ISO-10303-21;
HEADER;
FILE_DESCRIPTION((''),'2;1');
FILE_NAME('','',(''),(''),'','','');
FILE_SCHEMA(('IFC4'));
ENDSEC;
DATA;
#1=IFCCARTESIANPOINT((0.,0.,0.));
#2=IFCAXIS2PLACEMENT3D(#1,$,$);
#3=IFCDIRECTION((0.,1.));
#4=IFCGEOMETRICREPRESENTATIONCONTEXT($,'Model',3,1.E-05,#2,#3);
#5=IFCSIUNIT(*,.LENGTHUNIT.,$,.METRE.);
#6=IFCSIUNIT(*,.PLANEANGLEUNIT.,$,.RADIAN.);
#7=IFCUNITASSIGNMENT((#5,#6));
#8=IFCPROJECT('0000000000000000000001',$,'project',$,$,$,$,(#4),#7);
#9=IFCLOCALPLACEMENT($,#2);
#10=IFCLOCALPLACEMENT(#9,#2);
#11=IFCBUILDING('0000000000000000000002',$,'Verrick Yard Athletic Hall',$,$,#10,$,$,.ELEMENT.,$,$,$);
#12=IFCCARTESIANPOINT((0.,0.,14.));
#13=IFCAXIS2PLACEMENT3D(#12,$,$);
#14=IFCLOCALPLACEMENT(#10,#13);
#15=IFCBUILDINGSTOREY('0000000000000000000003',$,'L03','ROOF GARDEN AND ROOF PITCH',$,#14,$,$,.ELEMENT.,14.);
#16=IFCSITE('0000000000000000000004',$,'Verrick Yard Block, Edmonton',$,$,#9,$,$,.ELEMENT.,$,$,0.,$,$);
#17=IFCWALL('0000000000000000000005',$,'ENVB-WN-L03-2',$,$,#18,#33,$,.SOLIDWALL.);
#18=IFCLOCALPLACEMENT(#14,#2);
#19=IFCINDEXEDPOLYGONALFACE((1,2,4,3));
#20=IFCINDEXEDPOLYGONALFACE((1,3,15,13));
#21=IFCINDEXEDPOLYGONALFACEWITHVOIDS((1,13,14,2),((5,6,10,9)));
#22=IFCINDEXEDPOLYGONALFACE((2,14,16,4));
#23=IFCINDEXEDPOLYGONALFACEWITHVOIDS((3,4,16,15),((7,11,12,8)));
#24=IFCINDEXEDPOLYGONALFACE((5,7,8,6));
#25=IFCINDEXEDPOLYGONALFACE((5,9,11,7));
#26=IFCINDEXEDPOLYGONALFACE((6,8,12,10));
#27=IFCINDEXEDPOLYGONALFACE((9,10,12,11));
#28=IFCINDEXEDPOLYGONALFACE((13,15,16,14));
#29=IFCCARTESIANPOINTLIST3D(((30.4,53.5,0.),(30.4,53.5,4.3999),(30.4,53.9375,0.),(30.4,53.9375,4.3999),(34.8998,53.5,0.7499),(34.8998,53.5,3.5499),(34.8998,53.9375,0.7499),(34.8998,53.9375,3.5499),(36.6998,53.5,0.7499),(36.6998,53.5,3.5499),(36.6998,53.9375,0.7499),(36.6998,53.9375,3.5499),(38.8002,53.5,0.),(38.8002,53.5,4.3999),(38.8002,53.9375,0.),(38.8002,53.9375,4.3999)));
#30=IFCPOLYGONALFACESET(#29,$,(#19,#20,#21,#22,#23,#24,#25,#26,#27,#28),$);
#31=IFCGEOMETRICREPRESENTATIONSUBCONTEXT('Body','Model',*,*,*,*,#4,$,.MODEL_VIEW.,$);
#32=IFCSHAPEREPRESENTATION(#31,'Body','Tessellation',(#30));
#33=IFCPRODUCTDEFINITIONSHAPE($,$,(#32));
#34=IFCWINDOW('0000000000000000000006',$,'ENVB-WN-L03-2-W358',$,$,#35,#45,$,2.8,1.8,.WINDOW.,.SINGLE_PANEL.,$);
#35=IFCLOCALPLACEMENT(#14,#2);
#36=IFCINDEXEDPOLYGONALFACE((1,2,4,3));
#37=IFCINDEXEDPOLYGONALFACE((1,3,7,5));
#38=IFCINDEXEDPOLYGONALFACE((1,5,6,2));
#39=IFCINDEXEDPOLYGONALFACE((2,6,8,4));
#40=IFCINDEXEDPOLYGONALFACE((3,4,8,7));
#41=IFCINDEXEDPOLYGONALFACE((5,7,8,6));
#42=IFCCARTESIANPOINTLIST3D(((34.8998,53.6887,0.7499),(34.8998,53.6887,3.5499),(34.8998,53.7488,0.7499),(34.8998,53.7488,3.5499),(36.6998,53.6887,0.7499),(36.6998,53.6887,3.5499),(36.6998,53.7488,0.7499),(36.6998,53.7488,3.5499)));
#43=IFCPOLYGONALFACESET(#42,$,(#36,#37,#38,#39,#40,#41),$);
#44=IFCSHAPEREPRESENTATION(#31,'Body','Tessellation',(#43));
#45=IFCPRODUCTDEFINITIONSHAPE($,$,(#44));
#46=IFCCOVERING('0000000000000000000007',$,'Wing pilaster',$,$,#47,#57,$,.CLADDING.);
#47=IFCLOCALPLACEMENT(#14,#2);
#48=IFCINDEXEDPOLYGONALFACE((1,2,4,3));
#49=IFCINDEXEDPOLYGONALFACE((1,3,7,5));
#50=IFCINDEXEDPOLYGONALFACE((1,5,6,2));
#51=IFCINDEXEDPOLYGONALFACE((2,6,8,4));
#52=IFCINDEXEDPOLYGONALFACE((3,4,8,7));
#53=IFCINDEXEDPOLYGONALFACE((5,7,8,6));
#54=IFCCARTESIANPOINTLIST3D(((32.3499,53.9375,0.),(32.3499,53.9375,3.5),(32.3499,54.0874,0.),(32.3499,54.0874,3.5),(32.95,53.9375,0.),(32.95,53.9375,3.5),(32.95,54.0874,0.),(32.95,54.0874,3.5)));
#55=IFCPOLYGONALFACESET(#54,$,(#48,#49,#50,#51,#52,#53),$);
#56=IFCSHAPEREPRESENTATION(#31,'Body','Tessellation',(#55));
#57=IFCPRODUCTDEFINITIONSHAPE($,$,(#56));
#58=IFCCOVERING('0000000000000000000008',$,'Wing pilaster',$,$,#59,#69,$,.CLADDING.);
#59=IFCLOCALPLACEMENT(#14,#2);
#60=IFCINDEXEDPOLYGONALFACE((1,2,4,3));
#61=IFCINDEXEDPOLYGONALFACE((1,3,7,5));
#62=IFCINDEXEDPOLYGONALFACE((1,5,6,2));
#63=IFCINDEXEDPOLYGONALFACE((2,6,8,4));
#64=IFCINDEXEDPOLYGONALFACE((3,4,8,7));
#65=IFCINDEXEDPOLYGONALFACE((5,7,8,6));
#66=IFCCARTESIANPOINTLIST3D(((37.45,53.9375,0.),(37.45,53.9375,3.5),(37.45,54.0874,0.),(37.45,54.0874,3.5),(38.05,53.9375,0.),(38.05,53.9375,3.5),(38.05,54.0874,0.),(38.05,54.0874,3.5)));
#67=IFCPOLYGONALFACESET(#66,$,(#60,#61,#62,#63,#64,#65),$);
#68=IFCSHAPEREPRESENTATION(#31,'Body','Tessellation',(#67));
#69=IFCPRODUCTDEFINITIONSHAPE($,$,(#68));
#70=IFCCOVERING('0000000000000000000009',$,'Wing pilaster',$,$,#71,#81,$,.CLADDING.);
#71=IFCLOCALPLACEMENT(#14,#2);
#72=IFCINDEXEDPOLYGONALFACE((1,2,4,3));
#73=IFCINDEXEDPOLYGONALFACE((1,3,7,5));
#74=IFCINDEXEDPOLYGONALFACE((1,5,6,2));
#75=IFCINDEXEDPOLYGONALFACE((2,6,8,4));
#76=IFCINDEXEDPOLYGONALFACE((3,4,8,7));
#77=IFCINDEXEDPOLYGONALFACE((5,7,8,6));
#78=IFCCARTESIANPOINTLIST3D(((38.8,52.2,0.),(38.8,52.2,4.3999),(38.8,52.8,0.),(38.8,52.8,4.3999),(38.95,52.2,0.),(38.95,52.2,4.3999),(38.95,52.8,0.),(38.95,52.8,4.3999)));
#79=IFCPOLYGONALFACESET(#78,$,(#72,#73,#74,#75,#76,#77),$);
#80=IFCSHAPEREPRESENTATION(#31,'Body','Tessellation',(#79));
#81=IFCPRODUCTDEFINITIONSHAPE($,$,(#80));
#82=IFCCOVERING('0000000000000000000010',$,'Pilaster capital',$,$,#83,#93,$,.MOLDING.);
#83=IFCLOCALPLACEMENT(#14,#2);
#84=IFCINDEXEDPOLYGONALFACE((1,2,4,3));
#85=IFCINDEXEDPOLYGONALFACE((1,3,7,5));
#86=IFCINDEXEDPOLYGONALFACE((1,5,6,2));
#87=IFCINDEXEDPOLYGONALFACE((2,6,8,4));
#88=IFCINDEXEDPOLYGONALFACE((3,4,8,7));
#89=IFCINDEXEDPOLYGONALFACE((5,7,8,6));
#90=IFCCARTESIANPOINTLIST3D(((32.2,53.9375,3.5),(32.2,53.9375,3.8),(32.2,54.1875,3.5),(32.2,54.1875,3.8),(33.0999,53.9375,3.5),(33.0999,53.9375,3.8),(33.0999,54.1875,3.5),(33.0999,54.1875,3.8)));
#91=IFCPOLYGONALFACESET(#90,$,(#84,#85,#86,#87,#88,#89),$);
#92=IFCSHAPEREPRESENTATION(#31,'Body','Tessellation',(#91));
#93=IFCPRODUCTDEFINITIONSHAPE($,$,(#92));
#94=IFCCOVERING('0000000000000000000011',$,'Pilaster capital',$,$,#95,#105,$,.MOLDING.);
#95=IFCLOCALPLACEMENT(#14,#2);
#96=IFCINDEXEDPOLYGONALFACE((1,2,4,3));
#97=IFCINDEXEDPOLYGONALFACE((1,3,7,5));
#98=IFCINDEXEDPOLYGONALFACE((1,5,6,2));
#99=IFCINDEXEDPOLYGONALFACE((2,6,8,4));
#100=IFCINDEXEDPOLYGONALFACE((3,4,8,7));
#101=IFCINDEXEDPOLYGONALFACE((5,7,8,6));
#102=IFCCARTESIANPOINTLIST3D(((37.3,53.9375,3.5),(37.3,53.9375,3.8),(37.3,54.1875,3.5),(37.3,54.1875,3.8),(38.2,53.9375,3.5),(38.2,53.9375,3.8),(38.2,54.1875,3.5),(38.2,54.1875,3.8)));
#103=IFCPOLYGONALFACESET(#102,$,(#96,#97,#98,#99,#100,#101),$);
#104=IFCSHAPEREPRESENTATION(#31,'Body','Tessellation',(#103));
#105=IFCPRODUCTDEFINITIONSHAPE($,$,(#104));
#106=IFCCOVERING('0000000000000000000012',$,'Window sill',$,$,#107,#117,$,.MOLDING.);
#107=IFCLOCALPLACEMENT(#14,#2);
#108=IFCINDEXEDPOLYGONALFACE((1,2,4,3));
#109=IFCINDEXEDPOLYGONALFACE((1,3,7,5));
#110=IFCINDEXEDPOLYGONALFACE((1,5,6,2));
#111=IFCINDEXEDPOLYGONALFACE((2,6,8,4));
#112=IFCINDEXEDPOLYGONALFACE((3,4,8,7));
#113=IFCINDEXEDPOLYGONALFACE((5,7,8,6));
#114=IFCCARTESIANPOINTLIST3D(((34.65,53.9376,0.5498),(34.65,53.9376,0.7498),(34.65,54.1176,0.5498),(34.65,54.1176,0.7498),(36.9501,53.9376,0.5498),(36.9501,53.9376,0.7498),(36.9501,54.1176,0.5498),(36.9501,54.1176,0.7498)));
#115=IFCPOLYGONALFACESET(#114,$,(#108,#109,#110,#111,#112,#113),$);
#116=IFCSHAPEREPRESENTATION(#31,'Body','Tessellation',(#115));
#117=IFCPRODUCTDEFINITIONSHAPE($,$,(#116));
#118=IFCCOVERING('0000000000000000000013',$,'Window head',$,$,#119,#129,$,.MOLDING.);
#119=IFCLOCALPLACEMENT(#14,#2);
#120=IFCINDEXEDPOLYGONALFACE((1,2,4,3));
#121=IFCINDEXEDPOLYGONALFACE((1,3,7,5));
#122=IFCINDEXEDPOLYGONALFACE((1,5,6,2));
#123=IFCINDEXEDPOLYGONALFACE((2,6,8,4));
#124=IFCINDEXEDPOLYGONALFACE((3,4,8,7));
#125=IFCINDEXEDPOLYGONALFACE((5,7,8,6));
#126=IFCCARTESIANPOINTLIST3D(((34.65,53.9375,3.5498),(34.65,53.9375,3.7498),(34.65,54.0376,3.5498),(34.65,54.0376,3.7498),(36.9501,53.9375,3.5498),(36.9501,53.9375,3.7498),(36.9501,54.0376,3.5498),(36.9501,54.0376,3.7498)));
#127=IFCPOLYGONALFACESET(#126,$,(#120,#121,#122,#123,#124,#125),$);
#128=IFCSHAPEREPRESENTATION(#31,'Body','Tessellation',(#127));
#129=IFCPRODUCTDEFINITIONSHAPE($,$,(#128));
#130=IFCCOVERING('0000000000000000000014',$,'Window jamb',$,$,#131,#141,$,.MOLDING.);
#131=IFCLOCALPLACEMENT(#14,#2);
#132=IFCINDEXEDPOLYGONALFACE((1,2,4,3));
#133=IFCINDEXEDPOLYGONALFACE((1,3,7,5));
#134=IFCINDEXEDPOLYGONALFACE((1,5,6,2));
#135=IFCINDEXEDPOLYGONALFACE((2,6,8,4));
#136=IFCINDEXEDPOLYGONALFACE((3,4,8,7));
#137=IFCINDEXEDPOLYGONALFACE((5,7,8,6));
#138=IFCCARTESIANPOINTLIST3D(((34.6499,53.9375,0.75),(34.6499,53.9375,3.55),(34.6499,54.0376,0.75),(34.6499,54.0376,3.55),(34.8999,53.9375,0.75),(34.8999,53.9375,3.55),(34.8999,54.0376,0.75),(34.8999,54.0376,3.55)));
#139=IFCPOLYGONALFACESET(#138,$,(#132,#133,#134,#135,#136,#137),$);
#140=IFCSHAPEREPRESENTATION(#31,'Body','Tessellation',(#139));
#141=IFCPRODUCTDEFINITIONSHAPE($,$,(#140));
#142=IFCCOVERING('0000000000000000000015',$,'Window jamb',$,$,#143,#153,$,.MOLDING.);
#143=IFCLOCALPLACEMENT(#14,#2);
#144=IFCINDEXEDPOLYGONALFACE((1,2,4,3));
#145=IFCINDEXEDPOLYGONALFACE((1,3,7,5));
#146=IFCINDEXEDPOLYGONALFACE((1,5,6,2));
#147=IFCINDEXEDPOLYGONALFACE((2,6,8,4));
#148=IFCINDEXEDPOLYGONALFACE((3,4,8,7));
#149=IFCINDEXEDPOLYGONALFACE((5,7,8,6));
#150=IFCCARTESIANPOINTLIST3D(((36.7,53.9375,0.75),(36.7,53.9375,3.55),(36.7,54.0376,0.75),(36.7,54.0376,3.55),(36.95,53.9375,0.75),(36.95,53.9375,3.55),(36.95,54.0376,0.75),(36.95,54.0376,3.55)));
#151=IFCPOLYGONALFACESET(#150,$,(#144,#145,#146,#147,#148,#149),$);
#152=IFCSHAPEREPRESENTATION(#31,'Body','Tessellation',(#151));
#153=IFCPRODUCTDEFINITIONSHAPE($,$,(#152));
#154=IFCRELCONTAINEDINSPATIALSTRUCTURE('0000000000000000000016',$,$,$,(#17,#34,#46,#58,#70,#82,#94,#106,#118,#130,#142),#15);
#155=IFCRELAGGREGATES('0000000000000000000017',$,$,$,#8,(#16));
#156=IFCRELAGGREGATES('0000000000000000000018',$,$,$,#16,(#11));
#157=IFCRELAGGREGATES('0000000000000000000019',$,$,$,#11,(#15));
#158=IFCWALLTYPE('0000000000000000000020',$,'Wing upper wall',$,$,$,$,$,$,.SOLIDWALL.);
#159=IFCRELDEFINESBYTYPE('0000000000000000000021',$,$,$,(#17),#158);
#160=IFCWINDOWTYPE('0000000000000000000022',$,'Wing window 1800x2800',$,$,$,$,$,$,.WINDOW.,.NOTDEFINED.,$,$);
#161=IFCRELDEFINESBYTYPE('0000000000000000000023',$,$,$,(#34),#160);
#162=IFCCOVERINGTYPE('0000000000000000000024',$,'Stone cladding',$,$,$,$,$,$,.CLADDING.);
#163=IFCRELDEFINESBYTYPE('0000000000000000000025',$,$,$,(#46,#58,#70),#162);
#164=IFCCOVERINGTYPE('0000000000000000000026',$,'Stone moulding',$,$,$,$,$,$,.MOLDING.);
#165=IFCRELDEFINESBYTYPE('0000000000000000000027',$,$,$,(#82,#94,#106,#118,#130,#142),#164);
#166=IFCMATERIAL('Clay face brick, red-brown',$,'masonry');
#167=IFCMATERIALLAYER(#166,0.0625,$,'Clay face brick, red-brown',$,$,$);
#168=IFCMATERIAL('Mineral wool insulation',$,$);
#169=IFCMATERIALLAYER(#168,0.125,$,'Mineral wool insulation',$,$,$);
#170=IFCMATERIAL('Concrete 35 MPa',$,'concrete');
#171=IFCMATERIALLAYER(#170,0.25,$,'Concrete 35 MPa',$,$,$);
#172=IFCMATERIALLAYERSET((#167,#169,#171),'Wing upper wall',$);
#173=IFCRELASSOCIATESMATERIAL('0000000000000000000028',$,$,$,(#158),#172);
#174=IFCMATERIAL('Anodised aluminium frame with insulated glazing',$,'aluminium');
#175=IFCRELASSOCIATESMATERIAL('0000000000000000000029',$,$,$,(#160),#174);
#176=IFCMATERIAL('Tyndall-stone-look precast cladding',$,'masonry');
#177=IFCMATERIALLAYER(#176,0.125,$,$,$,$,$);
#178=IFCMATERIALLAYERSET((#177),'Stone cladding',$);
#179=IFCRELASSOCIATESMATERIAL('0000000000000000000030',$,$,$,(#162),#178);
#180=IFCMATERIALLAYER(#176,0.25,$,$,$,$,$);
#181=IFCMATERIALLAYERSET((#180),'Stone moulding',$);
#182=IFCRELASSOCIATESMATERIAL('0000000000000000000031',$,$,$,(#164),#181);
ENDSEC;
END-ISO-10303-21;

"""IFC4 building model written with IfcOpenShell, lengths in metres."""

from ifc_helpers import new_model, si_unit, direction, frame, frame_2d, origin, origin_2d, place, context, subcontext, project, spatial, rectangle, extrude, material, layer, layer_set, type_object, element, fill, save


model = new_model("IFC4")

# Units and contexts
model_context = context("Model", 3, precision=1e-05, world=origin(), true_north=direction((0.0, 1.0)))
body_context = subcontext(model_context, "Body", "Model", "MODEL_VIEW")
ifc_project = project(units=[si_unit("LENGTHUNIT", "METRE"), si_unit("PLANEANGLEUNIT", "RADIAN")], contexts=[model_context])

# Site, building, storey
site_placement = place(None, origin())
site = spatial("IfcSite", under=ifc_project, at=site_placement, Name="Verrick Yard Block, Edmonton", CompositionType="ELEMENT", RefElevation=0.0)
building_placement = place(site_placement, origin())
building = spatial("IfcBuilding", under=site, at=building_placement, Name="Verrick Yard Athletic Hall", CompositionType="ELEMENT")
storey_placement = place(building_placement, frame((0.0, 0.0, 14.0)))
storey = spatial("IfcBuildingStorey", under=building, at=storey_placement, Name="L03", Description="ROOF GARDEN AND ROOF PITCH", CompositionType="ELEMENT", Elevation=14.0)

# Shared definitions
ifc_material_1 = material(Name="Concrete 35 MPa", Category="concrete")

# Wall, opening, window
ifc_material_2 = material(Name="Clay face brick, red-brown", Category="masonry")
ifc_layer_1 = layer(ifc_material_2, 0.0625, Name="Clay face brick, red-brown")
ifc_material_3 = material(Name="Mineral wool insulation")
ifc_layer_2 = layer(ifc_material_3, 0.125, Name="Mineral wool insulation")
ifc_layer_3 = layer(ifc_material_1, 0.25, Name="Concrete 35 MPa")
ifc_layer_set_1 = layer_set([ifc_layer_1, ifc_layer_2, ifc_layer_3], Name="Wing upper wall")
wall_type_1 = type_object("IfcWallType", Name="Wing upper wall", PredefinedType="SOLIDWALL", material=ifc_layer_set_1)
wall_1_placement = place(storey_placement, frame((30.3999, 53.7188, 0.0), z_axis=(0.0, 0.0, 1.0), x_axis=(1.0, 0.0, 0.0)))
wall_1 = element("IfcWall", 1, at=wall_1_placement, inside=storey, type_object=wall_type_1, Name="ENVB-WN-L03-2", PredefinedType="SOLIDWALL", context=body_context, shape_type="SweptSolid", body=[
    extrude(rectangle(XDim=8.4001, YDim=0.4375, at=frame_2d((4.2002, 0.0))), origin(), (0.0, 0.0, 1.0), 4.3999),
])
opening_1_placement = place(wall_1_placement, frame((4.5, 0.0, 0.75)))
opening_1 = element("IfcOpeningElement", 2, at=opening_1_placement, cuts=wall_1, PredefinedType="OPENING", context=body_context, shape_type="SweptSolid", body=[
    extrude(rectangle(XDim=1.8, YDim=2.8, at=frame_2d((0.8999, 1.3999))), frame((0.0, 0.2288, 0.0), z_axis=(0.0, -1.0, 0.0), x_axis=(1.0, 0.0, 0.0)), (0.0, 0.0, 1.0), 0.4575),
])
ifc_material_4 = material(Name="Anodised aluminium frame with insulated glazing", Category="aluminium")
window_type = type_object("IfcWindowType", Name="Wing window 1800x2800", PartitioningType="NOTDEFINED", PredefinedType="WINDOW", material=ifc_material_4)
window_placement = place(opening_1_placement, origin())
window = element("IfcWindow", 3, at=window_placement, inside=storey, type_object=window_type, Name="ENVB-WN-L03-2-W358", OverallHeight=2.8, OverallWidth=1.8, PartitioningType="SINGLE_PANEL", PredefinedType="WINDOW", context=body_context, shape_type="SweptSolid", body=[
    extrude(rectangle(XDim=1.8, YDim=2.8, at=frame_2d((0.8999, 1.3999))), frame((0.0, 0.03, 0.0), z_axis=(0.0, -1.0, 0.0), x_axis=(1.0, 0.0, 0.0)), (0.0, 0.0, 1.0), 0.0601),
])
fill(opening_1, window)

# Coverings
ifc_material_5 = material(Name="Tyndall-stone-look precast cladding", Category="masonry")
ifc_layer_4 = layer(ifc_material_5, 0.125)
ifc_layer_set_2 = layer_set([ifc_layer_4], Name="Stone cladding")
covering_type_1 = type_object("IfcCoveringType", Name="Stone cladding", PredefinedType="CLADDING", material=ifc_layer_set_2)
for number, where, z_axis, x_axis, name in (
    (4, (32.6499, 54.0125, 0.0), (0.0, 0.0, 1.0), (1.0, 0.0, 0.0), "Wing pilaster"),
    (5, (37.75, 54.0125, 0.0), (0.0, 0.0, 1.0), (1.0, 0.0, 0.0), "Wing pilaster"),
):
    element("IfcCovering", number, at=place(storey_placement, frame(where, z_axis=z_axis, x_axis=x_axis)), inside=storey, type_object=covering_type_1, Name=name, PredefinedType="CLADDING", context=body_context, shape_type="SweptSolid", body=[
        extrude(rectangle(XDim=0.6001, YDim=0.1499, at=origin_2d()), origin(), (0.0, 0.0, 1.0), 3.5),
    ])
covering_1_placement = place(storey_placement, frame((38.875, 52.5, 0.0), z_axis=(0.0, 0.0, 1.0), x_axis=(0.0, 1.0, 0.0)))
element("IfcCovering", 6, at=covering_1_placement, inside=storey, type_object=covering_type_1, Name="Wing pilaster", PredefinedType="CLADDING", context=body_context, shape_type="SweptSolid", body=[
    extrude(rectangle(XDim=0.6001, YDim=0.1499, at=origin_2d()), origin(), (0.0, 0.0, 1.0), 4.3999),
])
ifc_layer_5 = layer(ifc_material_5, 0.25)
ifc_layer_set_3 = layer_set([ifc_layer_5], Name="Stone moulding")
covering_type_2 = type_object("IfcCoveringType", Name="Stone moulding", PredefinedType="MOLDING", material=ifc_layer_set_3)
for number, where, z_axis, x_axis, name in (
    (7, (32.6499, 54.0625, 3.5), (0.0, 0.0, 1.0), (1.0, 0.0, 0.0), "Pilaster capital"),
    (8, (37.75, 54.0625, 3.5), (0.0, 0.0, 1.0), (1.0, 0.0, 0.0), "Pilaster capital"),
):
    element("IfcCovering", number, at=place(storey_placement, frame(where, z_axis=z_axis, x_axis=x_axis)), inside=storey, type_object=covering_type_2, Name=name, PredefinedType="MOLDING", context=body_context, shape_type="SweptSolid", body=[
        extrude(rectangle(XDim=0.8999, YDim=0.25, at=origin_2d()), origin(), (0.0, 0.0, 1.0), 0.3),
    ])
covering_2_placement = place(storey_placement, frame((35.8, 54.0276, 0.5498), z_axis=(0.0, 0.0, 1.0), x_axis=(1.0, 0.0, 0.0)))
element("IfcCovering", 9, at=covering_2_placement, inside=storey, type_object=covering_type_2, Name="Window sill", PredefinedType="MOLDING", context=body_context, shape_type="SweptSolid", body=[
    extrude(rectangle(XDim=2.3, YDim=0.1799, at=origin_2d()), origin(), (0.0, 0.0, 1.0), 0.2),
])
covering_3_placement = place(storey_placement, frame((35.8, 53.9875, 3.5498), z_axis=(0.0, 0.0, 1.0), x_axis=(1.0, 0.0, 0.0)))
element("IfcCovering", 10, at=covering_3_placement, inside=storey, type_object=covering_type_2, Name="Window head", PredefinedType="MOLDING", context=body_context, shape_type="SweptSolid", body=[
    extrude(rectangle(XDim=2.3, YDim=0.1001, at=origin_2d()), origin(), (0.0, 0.0, 1.0), 0.2),
])
for number, where, z_axis, x_axis, name in (
    (11, (34.7749, 53.9875, 0.75), (0.0, 0.0, 1.0), (1.0, 0.0, 0.0), "Window jamb"),
    (12, (36.825, 53.9875, 0.75), (0.0, 0.0, 1.0), (1.0, 0.0, 0.0), "Window jamb"),
):
    element("IfcCovering", number, at=place(storey_placement, frame(where, z_axis=z_axis, x_axis=x_axis)), inside=storey, type_object=covering_type_2, Name=name, PredefinedType="MOLDING", context=body_context, shape_type="SweptSolid", body=[
        extrude(rectangle(XDim=0.25, YDim=0.1001, at=origin_2d()), origin(), (0.0, 0.0, 1.0), 2.8),
    ])

save(model, "model.ifc")
